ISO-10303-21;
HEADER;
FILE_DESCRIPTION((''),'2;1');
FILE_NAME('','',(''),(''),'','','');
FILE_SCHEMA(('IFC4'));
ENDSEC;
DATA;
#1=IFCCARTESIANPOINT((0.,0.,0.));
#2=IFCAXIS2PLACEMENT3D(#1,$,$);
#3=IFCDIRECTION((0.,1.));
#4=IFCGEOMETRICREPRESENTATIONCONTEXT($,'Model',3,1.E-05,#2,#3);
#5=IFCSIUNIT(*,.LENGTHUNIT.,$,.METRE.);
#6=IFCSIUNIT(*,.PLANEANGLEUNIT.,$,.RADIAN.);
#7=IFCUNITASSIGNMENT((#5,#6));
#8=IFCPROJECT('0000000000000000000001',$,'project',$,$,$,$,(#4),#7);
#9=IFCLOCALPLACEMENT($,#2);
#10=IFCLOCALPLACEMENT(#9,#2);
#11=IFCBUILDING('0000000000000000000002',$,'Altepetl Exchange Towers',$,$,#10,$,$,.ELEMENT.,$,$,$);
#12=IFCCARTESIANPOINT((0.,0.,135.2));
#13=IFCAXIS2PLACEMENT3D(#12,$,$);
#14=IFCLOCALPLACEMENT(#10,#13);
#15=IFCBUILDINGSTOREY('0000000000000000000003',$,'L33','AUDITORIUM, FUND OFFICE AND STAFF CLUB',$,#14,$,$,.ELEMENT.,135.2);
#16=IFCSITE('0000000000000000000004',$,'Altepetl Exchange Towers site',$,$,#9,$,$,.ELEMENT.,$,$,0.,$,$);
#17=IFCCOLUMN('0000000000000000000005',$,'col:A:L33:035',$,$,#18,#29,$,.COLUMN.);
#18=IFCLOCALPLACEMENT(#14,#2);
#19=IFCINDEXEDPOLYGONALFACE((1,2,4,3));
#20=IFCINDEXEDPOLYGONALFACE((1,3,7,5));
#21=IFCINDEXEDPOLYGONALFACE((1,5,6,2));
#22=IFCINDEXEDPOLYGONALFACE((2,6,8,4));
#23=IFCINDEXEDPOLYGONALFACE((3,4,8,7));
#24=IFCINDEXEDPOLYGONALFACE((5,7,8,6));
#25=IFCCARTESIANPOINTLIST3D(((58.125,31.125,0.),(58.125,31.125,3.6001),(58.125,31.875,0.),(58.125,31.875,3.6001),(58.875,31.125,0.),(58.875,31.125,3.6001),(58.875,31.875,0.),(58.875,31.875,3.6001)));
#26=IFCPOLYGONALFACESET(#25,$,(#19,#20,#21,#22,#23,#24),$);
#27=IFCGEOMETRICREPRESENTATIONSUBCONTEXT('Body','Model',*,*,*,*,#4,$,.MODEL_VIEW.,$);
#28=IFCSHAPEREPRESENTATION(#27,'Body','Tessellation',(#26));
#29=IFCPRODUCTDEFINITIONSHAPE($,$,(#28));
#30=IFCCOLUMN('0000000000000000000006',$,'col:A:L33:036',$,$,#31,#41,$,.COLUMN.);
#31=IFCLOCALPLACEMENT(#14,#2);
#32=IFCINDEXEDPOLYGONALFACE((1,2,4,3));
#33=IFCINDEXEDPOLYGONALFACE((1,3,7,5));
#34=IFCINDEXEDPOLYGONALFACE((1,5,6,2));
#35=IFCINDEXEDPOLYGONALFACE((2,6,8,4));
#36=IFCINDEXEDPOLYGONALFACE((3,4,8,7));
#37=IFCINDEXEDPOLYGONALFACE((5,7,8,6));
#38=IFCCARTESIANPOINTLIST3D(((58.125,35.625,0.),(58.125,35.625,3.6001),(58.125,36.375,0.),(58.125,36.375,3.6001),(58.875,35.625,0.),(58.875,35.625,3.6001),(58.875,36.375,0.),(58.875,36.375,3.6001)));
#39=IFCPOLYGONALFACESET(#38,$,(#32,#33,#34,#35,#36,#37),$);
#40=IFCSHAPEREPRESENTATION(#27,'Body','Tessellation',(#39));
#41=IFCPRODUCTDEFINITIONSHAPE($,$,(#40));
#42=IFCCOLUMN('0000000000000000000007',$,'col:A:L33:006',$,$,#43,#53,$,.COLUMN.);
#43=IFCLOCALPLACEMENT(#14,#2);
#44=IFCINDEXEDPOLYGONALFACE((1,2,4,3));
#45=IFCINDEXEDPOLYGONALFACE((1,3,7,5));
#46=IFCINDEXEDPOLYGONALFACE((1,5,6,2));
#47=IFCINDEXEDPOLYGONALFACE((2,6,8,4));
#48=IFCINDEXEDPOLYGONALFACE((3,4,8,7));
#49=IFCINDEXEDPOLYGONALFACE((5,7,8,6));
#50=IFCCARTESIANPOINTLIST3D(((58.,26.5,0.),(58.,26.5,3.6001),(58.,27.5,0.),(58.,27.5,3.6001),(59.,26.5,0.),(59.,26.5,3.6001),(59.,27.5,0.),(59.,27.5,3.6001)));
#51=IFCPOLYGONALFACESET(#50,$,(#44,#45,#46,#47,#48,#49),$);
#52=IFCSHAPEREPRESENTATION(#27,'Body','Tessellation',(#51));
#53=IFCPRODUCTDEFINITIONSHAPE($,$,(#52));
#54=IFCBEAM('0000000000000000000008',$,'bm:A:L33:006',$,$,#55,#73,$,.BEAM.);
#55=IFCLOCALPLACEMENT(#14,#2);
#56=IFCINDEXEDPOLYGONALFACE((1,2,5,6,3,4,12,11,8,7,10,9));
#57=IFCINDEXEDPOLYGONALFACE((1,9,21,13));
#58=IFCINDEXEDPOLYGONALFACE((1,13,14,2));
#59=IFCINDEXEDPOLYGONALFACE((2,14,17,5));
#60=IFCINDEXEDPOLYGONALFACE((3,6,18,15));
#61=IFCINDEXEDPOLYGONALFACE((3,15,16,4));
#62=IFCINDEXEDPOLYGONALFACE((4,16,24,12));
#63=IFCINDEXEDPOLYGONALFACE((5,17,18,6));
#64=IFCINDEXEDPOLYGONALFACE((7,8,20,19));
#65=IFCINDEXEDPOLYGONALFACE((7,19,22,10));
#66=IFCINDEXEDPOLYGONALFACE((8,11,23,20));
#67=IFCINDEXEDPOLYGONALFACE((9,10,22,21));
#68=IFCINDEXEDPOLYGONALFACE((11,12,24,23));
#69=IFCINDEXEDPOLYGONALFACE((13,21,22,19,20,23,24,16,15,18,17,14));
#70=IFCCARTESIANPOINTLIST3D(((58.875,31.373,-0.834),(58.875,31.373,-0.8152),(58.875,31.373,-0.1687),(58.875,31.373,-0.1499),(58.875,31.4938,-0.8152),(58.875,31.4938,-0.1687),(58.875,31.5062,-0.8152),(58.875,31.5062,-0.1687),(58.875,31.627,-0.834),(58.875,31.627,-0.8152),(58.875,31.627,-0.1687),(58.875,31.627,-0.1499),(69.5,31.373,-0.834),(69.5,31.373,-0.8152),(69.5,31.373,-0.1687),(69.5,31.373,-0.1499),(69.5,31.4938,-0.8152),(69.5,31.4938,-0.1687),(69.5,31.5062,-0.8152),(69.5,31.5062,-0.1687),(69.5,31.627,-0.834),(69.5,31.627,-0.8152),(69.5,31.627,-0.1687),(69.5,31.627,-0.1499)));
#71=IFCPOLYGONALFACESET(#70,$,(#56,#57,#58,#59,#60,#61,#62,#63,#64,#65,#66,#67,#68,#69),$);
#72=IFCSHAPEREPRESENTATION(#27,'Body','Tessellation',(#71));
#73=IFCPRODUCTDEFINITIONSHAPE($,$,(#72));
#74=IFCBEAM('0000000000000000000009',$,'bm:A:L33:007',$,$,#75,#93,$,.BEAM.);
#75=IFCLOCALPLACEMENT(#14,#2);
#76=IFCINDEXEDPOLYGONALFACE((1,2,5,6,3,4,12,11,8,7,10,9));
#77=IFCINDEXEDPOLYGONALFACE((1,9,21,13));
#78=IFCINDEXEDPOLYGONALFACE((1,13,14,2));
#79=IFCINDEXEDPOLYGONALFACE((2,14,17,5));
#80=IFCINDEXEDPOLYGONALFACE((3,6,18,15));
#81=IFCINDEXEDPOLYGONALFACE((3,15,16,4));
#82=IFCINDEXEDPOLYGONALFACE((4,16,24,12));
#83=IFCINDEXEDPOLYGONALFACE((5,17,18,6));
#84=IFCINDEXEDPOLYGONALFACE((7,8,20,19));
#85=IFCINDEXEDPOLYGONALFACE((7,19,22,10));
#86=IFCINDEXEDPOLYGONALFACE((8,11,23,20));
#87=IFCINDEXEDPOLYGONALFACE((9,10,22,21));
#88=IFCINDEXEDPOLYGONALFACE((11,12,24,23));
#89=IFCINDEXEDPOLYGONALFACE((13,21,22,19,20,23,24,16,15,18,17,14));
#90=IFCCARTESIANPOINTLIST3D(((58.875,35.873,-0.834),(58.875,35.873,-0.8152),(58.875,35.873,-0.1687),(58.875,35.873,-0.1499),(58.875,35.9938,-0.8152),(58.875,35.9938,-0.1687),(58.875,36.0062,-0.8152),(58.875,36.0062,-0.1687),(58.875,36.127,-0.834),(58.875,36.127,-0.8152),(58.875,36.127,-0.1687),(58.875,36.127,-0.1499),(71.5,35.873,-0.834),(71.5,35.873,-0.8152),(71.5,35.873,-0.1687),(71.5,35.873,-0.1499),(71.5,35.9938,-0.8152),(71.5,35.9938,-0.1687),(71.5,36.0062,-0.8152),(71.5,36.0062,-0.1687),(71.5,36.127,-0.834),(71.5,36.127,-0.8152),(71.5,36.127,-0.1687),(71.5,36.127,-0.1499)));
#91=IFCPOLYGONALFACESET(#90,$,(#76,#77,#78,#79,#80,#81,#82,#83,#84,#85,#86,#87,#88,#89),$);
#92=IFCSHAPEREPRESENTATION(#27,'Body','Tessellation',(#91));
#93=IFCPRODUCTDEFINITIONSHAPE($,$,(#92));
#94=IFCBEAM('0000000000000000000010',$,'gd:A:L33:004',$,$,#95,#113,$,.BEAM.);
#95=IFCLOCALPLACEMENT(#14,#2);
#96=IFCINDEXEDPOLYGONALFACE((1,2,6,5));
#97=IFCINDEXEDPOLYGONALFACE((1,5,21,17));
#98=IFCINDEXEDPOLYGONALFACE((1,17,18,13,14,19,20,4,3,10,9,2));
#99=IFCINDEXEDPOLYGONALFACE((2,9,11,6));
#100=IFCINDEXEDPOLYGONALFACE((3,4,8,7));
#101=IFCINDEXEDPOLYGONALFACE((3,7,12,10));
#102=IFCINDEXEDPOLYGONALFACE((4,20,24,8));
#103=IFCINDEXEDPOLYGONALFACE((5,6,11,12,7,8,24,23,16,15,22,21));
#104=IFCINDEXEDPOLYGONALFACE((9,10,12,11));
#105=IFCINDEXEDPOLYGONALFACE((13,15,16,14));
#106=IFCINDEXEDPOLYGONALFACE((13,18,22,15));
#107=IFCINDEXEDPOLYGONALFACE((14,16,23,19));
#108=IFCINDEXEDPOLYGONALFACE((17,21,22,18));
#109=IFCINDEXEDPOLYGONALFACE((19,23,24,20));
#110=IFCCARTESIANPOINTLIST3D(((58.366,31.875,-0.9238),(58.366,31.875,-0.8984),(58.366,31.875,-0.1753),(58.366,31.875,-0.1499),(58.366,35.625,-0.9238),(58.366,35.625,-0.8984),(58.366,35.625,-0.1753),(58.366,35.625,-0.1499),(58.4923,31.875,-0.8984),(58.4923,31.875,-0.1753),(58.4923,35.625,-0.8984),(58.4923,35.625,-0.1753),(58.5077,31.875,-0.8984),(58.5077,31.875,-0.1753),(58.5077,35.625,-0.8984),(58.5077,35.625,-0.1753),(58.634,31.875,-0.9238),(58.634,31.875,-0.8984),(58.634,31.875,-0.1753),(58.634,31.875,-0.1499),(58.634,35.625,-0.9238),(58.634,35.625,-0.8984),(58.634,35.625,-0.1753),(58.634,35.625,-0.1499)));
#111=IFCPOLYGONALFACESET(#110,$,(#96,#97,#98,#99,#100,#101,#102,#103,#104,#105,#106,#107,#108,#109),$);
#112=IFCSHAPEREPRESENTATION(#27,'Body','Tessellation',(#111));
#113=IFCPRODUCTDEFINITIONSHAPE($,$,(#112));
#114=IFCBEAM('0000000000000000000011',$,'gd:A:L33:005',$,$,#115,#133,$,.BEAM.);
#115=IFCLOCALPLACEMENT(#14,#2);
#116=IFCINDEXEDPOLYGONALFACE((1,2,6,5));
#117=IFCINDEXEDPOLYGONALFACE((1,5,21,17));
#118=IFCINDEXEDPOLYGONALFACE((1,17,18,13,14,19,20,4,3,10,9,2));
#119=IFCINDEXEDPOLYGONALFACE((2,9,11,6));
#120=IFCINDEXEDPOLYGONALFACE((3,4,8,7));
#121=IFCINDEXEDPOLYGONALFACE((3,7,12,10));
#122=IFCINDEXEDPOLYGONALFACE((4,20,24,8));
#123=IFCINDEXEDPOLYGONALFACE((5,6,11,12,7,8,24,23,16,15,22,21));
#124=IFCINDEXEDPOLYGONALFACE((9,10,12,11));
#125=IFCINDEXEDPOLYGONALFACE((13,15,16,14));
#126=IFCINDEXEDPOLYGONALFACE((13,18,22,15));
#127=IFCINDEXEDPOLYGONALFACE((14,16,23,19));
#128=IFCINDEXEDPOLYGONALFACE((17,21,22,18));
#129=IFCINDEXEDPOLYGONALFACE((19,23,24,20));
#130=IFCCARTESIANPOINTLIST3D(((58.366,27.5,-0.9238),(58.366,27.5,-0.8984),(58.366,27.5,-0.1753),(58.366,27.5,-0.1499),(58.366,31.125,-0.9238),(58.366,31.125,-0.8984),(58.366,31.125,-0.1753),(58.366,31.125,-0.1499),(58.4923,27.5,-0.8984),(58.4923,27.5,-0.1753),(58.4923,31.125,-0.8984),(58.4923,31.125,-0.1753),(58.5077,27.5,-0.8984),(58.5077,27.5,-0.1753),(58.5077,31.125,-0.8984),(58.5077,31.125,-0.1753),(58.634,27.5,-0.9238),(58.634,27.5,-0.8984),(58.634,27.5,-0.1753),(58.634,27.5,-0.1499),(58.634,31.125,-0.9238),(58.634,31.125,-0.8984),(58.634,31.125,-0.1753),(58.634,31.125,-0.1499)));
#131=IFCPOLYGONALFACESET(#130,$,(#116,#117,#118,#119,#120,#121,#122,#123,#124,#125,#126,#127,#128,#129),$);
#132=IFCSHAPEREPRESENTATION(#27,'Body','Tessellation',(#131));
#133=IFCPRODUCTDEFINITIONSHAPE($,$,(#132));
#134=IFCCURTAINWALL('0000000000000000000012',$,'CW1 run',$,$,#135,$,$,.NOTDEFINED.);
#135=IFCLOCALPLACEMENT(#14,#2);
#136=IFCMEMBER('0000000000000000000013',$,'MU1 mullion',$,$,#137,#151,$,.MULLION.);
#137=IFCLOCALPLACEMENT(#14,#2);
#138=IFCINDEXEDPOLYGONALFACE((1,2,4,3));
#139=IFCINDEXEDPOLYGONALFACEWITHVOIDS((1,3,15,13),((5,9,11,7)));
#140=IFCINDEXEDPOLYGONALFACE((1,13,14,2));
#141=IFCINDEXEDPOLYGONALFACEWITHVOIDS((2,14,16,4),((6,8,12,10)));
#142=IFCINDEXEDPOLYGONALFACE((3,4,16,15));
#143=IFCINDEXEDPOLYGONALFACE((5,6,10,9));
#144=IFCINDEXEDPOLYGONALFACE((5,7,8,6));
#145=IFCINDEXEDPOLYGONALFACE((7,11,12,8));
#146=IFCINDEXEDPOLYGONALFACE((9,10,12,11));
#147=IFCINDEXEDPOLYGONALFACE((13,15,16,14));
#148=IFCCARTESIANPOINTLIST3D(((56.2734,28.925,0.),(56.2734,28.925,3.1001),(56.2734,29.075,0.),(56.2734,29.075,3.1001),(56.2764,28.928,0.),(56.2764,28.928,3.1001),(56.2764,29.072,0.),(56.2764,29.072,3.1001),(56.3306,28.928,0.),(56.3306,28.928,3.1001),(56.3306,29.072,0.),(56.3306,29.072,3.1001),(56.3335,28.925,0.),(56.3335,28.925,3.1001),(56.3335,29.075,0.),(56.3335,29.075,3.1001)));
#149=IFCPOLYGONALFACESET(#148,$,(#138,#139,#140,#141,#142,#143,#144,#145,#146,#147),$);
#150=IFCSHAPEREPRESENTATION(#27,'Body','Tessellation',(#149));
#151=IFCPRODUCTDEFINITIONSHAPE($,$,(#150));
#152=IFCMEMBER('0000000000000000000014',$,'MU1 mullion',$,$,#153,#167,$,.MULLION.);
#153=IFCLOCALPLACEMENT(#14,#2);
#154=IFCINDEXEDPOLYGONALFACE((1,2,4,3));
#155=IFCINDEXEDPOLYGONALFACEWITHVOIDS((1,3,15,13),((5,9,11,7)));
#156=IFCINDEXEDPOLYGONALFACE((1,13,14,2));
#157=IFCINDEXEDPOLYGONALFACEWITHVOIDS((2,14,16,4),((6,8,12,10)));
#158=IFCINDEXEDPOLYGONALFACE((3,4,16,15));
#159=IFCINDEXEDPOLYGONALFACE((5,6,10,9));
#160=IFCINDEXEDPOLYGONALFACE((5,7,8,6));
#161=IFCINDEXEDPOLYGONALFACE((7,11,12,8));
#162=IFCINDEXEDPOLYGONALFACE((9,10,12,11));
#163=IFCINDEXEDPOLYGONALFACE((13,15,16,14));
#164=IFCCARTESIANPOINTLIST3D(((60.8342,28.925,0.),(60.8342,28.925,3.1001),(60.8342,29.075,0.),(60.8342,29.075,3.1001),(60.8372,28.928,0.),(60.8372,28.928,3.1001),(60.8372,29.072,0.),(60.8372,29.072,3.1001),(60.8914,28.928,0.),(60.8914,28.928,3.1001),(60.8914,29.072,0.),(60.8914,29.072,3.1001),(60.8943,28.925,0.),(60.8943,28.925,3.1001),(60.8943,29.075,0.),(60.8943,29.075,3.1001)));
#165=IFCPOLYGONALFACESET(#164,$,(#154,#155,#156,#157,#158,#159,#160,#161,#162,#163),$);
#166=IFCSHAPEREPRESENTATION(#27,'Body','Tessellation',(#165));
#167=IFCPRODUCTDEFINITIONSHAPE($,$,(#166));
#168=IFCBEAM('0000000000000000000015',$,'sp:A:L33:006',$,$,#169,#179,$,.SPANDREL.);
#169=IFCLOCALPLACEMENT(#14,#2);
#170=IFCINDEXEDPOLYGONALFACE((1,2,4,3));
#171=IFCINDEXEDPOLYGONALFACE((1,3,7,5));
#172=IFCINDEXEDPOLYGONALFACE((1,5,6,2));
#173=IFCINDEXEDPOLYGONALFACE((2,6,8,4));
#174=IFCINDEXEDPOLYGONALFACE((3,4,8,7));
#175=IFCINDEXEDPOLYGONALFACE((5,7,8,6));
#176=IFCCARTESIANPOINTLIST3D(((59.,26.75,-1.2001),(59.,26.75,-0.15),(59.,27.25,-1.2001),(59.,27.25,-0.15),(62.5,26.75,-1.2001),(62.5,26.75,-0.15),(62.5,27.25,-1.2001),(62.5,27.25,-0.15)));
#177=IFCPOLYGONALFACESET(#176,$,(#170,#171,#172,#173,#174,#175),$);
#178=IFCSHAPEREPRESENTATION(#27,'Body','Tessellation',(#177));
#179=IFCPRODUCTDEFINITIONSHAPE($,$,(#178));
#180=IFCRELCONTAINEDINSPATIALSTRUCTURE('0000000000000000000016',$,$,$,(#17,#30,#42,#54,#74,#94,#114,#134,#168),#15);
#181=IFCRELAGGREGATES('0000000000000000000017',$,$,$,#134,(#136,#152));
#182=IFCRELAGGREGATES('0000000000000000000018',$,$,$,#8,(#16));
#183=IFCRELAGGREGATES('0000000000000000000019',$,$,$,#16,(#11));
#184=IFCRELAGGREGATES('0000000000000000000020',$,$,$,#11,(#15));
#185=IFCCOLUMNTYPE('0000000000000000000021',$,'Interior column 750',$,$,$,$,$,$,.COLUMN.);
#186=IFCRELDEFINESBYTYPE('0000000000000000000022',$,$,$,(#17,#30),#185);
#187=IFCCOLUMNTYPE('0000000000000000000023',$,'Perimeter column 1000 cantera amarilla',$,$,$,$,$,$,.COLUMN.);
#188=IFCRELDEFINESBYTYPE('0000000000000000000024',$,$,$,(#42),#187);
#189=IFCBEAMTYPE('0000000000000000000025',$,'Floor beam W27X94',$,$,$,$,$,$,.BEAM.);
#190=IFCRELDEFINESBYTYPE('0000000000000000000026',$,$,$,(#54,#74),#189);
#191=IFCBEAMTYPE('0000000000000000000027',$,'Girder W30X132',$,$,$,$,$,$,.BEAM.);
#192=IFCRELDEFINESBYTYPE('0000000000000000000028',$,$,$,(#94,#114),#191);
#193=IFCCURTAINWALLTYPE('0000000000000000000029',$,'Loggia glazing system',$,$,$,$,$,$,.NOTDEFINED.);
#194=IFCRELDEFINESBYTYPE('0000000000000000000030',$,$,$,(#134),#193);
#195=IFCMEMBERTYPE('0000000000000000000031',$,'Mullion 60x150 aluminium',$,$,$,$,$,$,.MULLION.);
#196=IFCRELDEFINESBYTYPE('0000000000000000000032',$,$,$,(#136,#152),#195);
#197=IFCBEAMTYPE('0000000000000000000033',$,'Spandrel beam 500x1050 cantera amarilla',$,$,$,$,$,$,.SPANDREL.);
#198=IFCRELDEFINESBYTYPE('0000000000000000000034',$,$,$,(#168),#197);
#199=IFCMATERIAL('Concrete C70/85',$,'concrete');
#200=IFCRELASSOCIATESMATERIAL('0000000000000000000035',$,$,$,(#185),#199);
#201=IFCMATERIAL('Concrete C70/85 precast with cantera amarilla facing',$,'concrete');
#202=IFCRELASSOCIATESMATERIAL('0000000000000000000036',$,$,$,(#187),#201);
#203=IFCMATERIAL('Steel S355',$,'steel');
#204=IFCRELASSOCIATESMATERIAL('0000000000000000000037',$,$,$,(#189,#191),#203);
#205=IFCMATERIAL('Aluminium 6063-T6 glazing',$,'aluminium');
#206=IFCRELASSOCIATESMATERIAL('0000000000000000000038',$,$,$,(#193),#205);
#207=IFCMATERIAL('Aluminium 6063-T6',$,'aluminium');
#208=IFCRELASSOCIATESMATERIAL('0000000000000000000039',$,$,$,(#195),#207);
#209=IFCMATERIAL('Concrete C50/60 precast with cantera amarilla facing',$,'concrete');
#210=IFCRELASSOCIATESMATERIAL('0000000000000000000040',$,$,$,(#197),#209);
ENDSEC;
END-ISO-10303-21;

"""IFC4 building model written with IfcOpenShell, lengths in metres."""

from ifc_helpers import new_model, si_unit, direction, frame, origin, origin_2d, place, context, subcontext, project, spatial, rectangle, hollow_rectangle, i_section, extrude, material, material_profile, profile_set, type_object, element, aggregate, save


model = new_model("IFC4")

# Units and contexts
model_context = context("Model", 3, precision=1e-05, world=origin(), true_north=direction((0.0, 1.0)))
body_context = subcontext(model_context, "Body", "Model", "MODEL_VIEW")
ifc_project = project(units=[si_unit("LENGTHUNIT", "METRE"), si_unit("PLANEANGLEUNIT", "RADIAN")], contexts=[model_context])

# Site, building, storey
site_placement = place(None, origin())
site = spatial("IfcSite", under=ifc_project, at=site_placement, Name="Altepetl Exchange Towers site", CompositionType="ELEMENT", RefElevation=0.0)
building_placement = place(site_placement, origin())
building = spatial("IfcBuilding", under=site, at=building_placement, Name="Altepetl Exchange Towers", CompositionType="ELEMENT")
storey_placement = place(building_placement, frame((0.0, 0.0, 135.2)))
storey = spatial("IfcBuildingStorey", under=building, at=storey_placement, Name="L33", Description="AUDITORIUM, FUND OFFICE AND STAFF CLUB", CompositionType="ELEMENT", Elevation=135.2)

# Columns
ifc_material_1 = material(Name="Concrete C70/85", Category="concrete")
ifc_material_profile_1 = material_profile(ifc_material_1, rectangle(XDim=0.75, YDim=0.75, at=origin_2d()), Name="750 x 750")
ifc_profile_set_1 = profile_set([ifc_material_profile_1], Name="Concrete C70/85")
column_type_1 = type_object("IfcColumnType", Name="Interior column 750", PredefinedType="COLUMN", material=ifc_profile_set_1)
for number, where, name in (
    (1, (58.5, 31.5, 0.0), "col:A:L33:035"),
    (2, (58.5, 36.0, 0.0), "col:A:L33:036"),
):
    element("IfcColumn", number, at=place(storey_placement, frame(where)), inside=storey, type_object=column_type_1, Name=name, PredefinedType="COLUMN", context=body_context, shape_type="SweptSolid", body=[
        extrude(rectangle(XDim=0.75, YDim=0.75, at=origin_2d()), origin(), (0.0, 0.0, 1.0), 3.6001),
    ])
ifc_material_2 = material(Name="Concrete C70/85 precast with cantera amarilla facing", Category="concrete")
ifc_material_profile_2 = material_profile(ifc_material_2, rectangle(XDim=1.0, YDim=1.0, at=origin_2d()), Name="1000 x 1000")
ifc_profile_set_2 = profile_set([ifc_material_profile_2], Name="Concrete C70/85 precast with cantera amarilla facing")
column_type_2 = type_object("IfcColumnType", Name="Perimeter column 1000 cantera amarilla", PredefinedType="COLUMN", material=ifc_profile_set_2)
column_placement = place(storey_placement, frame((58.5, 27.0, 0.0)))
element("IfcColumn", 3, at=column_placement, inside=storey, type_object=column_type_2, Name="col:A:L33:006", PredefinedType="COLUMN", context=body_context, shape_type="SweptSolid", body=[
    extrude(rectangle(XDim=1.0, YDim=1.0, at=origin_2d()), origin(), (0.0, 0.0, 1.0), 3.6001),
])

# Beams
ifc_material_3 = material(Name="Steel S355", Category="steel")
ifc_material_profile_3 = material_profile(ifc_material_3, i_section(OverallWidth=0.2539, OverallDepth=0.6841, WebThickness=0.0125, FlangeThickness=0.0188, at=origin_2d()), Name="W27X94")
ifc_profile_set_3 = profile_set([ifc_material_profile_3], Name="Steel S355")
beam_type_1 = type_object("IfcBeamType", Name="Floor beam W27X94", PredefinedType="BEAM", material=ifc_profile_set_3)
beam_1_placement = place(storey_placement, frame((58.875, 31.5, -0.4919), z_axis=(1.0, 0.0, 0.0), x_axis=(0.0, 1.0, 0.0)))
element("IfcBeam", 4, at=beam_1_placement, inside=storey, type_object=beam_type_1, Name="bm:A:L33:006", PredefinedType="BEAM", context=body_context, shape_type="SweptSolid", body=[
    extrude(i_section(OverallWidth=0.2539, OverallDepth=0.6841, WebThickness=0.0125, FlangeThickness=0.0188, at=origin_2d()), origin(), (0.0, 0.0, 1.0), 10.625),
])
beam_2_placement = place(storey_placement, frame((58.875, 36.0, -0.4919), z_axis=(1.0, 0.0, 0.0), x_axis=(0.0, 1.0, 0.0)))
element("IfcBeam", 5, at=beam_2_placement, inside=storey, type_object=beam_type_1, Name="bm:A:L33:007", PredefinedType="BEAM", context=body_context, shape_type="SweptSolid", body=[
    extrude(i_section(OverallWidth=0.2539, OverallDepth=0.6841, WebThickness=0.0125, FlangeThickness=0.0188, at=origin_2d()), origin(), (0.0, 0.0, 1.0), 12.625),
])
ifc_material_profile_4 = material_profile(ifc_material_3, i_section(OverallWidth=0.2681, OverallDepth=0.7739, WebThickness=0.0154, FlangeThickness=0.0254, at=origin_2d()), Name="W30X132")
ifc_profile_set_4 = profile_set([ifc_material_profile_4], Name="Steel S355")
beam_type_2 = type_object("IfcBeamType", Name="Girder W30X132", PredefinedType="BEAM", material=ifc_profile_set_4)
beam_3_placement = place(storey_placement, frame((58.5, 35.625, -0.5369), z_axis=(0.0, -1.0, 0.0), x_axis=(1.0, 0.0, 0.0)))
element("IfcBeam", 6, at=beam_3_placement, inside=storey, type_object=beam_type_2, Name="gd:A:L33:004", PredefinedType="BEAM", context=body_context, shape_type="SweptSolid", body=[
    extrude(i_section(OverallWidth=0.2681, OverallDepth=0.7739, WebThickness=0.0154, FlangeThickness=0.0254, at=origin_2d()), origin(), (0.0, 0.0, 1.0), 3.75),
])
beam_4_placement = place(storey_placement, frame((58.5, 31.125, -0.5369), z_axis=(0.0, -1.0, 0.0), x_axis=(1.0, 0.0, 0.0)))
element("IfcBeam", 7, at=beam_4_placement, inside=storey, type_object=beam_type_2, Name="gd:A:L33:005", PredefinedType="BEAM", context=body_context, shape_type="SweptSolid", body=[
    extrude(i_section(OverallWidth=0.2681, OverallDepth=0.7739, WebThickness=0.0154, FlangeThickness=0.0254, at=origin_2d()), origin(), (0.0, 0.0, 1.0), 3.625),
])

# Curtain wall, members
ifc_material_4 = material(Name="Aluminium 6063-T6 glazing", Category="aluminium")
curtain_wall_type = type_object("IfcCurtainWallType", Name="Loggia glazing system", PredefinedType="NOTDEFINED", material=ifc_material_4)
curtain_wall_placement = place(storey_placement, origin())
curtain_wall = element("IfcCurtainWall", 8, at=curtain_wall_placement, inside=storey, type_object=curtain_wall_type, Name="CW1 run", PredefinedType="NOTDEFINED")
ifc_material_5 = material(Name="Aluminium 6063-T6", Category="aluminium")
ifc_material_profile_5 = material_profile(ifc_material_5, hollow_rectangle(XDim=0.0601, YDim=0.1499, WallThickness=0.0029, at=origin_2d()), Name="Mullion 60x150 aluminium")
ifc_profile_set_5 = profile_set([ifc_material_profile_5], Name="Aluminium 6063-T6")
member_type = type_object("IfcMemberType", Name="Mullion 60x150 aluminium", PredefinedType="MULLION", material=ifc_profile_set_5)
member_1_placement = place(storey_placement, frame((56.3035, 29.0, 0.0)))
member_1 = element("IfcMember", 9, at=member_1_placement, type_object=member_type, Name="MU1 mullion", PredefinedType="MULLION", context=body_context, shape_type="SweptSolid", body=[
    extrude(hollow_rectangle(XDim=0.0601, YDim=0.1499, WallThickness=0.0029, at=origin_2d()), origin(), (0.0, 0.0, 1.0), 3.1001),
])
member_2_placement = place(storey_placement, frame((60.8643, 29.0, 0.0)))
member_2 = element("IfcMember", 10, at=member_2_placement, type_object=member_type, Name="MU1 mullion", PredefinedType="MULLION", context=body_context, shape_type="SweptSolid", body=[
    extrude(hollow_rectangle(XDim=0.0601, YDim=0.1499, WallThickness=0.0029, at=origin_2d()), origin(), (0.0, 0.0, 1.0), 3.1001),
])

# Beam
ifc_material_6 = material(Name="Concrete C50/60 precast with cantera amarilla facing", Category="concrete")
ifc_material_profile_6 = material_profile(ifc_material_6, rectangle(XDim=0.5, YDim=1.05, at=origin_2d()), Name="500 x 1050")
ifc_profile_set_6 = profile_set([ifc_material_profile_6], Name="Concrete C50/60 precast with cantera amarilla facing")
beam_type_3 = type_object("IfcBeamType", Name="Spandrel beam 500x1050 cantera amarilla", PredefinedType="SPANDREL", material=ifc_profile_set_6)
beam_5_placement = place(storey_placement, frame((59.0, 27.0, -0.675), z_axis=(1.0, 0.0, 0.0), x_axis=(0.0, 1.0, 0.0)))
element("IfcBeam", 11, at=beam_5_placement, inside=storey, type_object=beam_type_3, Name="sp:A:L33:006", PredefinedType="SPANDREL", context=body_context, shape_type="SweptSolid", body=[
    extrude(rectangle(XDim=0.5, YDim=1.05, at=origin_2d()), origin(), (0.0, 0.0, 1.0), 3.5),
])

aggregate(curtain_wall, [member_1, member_2])

save(model, "model.ifc")
